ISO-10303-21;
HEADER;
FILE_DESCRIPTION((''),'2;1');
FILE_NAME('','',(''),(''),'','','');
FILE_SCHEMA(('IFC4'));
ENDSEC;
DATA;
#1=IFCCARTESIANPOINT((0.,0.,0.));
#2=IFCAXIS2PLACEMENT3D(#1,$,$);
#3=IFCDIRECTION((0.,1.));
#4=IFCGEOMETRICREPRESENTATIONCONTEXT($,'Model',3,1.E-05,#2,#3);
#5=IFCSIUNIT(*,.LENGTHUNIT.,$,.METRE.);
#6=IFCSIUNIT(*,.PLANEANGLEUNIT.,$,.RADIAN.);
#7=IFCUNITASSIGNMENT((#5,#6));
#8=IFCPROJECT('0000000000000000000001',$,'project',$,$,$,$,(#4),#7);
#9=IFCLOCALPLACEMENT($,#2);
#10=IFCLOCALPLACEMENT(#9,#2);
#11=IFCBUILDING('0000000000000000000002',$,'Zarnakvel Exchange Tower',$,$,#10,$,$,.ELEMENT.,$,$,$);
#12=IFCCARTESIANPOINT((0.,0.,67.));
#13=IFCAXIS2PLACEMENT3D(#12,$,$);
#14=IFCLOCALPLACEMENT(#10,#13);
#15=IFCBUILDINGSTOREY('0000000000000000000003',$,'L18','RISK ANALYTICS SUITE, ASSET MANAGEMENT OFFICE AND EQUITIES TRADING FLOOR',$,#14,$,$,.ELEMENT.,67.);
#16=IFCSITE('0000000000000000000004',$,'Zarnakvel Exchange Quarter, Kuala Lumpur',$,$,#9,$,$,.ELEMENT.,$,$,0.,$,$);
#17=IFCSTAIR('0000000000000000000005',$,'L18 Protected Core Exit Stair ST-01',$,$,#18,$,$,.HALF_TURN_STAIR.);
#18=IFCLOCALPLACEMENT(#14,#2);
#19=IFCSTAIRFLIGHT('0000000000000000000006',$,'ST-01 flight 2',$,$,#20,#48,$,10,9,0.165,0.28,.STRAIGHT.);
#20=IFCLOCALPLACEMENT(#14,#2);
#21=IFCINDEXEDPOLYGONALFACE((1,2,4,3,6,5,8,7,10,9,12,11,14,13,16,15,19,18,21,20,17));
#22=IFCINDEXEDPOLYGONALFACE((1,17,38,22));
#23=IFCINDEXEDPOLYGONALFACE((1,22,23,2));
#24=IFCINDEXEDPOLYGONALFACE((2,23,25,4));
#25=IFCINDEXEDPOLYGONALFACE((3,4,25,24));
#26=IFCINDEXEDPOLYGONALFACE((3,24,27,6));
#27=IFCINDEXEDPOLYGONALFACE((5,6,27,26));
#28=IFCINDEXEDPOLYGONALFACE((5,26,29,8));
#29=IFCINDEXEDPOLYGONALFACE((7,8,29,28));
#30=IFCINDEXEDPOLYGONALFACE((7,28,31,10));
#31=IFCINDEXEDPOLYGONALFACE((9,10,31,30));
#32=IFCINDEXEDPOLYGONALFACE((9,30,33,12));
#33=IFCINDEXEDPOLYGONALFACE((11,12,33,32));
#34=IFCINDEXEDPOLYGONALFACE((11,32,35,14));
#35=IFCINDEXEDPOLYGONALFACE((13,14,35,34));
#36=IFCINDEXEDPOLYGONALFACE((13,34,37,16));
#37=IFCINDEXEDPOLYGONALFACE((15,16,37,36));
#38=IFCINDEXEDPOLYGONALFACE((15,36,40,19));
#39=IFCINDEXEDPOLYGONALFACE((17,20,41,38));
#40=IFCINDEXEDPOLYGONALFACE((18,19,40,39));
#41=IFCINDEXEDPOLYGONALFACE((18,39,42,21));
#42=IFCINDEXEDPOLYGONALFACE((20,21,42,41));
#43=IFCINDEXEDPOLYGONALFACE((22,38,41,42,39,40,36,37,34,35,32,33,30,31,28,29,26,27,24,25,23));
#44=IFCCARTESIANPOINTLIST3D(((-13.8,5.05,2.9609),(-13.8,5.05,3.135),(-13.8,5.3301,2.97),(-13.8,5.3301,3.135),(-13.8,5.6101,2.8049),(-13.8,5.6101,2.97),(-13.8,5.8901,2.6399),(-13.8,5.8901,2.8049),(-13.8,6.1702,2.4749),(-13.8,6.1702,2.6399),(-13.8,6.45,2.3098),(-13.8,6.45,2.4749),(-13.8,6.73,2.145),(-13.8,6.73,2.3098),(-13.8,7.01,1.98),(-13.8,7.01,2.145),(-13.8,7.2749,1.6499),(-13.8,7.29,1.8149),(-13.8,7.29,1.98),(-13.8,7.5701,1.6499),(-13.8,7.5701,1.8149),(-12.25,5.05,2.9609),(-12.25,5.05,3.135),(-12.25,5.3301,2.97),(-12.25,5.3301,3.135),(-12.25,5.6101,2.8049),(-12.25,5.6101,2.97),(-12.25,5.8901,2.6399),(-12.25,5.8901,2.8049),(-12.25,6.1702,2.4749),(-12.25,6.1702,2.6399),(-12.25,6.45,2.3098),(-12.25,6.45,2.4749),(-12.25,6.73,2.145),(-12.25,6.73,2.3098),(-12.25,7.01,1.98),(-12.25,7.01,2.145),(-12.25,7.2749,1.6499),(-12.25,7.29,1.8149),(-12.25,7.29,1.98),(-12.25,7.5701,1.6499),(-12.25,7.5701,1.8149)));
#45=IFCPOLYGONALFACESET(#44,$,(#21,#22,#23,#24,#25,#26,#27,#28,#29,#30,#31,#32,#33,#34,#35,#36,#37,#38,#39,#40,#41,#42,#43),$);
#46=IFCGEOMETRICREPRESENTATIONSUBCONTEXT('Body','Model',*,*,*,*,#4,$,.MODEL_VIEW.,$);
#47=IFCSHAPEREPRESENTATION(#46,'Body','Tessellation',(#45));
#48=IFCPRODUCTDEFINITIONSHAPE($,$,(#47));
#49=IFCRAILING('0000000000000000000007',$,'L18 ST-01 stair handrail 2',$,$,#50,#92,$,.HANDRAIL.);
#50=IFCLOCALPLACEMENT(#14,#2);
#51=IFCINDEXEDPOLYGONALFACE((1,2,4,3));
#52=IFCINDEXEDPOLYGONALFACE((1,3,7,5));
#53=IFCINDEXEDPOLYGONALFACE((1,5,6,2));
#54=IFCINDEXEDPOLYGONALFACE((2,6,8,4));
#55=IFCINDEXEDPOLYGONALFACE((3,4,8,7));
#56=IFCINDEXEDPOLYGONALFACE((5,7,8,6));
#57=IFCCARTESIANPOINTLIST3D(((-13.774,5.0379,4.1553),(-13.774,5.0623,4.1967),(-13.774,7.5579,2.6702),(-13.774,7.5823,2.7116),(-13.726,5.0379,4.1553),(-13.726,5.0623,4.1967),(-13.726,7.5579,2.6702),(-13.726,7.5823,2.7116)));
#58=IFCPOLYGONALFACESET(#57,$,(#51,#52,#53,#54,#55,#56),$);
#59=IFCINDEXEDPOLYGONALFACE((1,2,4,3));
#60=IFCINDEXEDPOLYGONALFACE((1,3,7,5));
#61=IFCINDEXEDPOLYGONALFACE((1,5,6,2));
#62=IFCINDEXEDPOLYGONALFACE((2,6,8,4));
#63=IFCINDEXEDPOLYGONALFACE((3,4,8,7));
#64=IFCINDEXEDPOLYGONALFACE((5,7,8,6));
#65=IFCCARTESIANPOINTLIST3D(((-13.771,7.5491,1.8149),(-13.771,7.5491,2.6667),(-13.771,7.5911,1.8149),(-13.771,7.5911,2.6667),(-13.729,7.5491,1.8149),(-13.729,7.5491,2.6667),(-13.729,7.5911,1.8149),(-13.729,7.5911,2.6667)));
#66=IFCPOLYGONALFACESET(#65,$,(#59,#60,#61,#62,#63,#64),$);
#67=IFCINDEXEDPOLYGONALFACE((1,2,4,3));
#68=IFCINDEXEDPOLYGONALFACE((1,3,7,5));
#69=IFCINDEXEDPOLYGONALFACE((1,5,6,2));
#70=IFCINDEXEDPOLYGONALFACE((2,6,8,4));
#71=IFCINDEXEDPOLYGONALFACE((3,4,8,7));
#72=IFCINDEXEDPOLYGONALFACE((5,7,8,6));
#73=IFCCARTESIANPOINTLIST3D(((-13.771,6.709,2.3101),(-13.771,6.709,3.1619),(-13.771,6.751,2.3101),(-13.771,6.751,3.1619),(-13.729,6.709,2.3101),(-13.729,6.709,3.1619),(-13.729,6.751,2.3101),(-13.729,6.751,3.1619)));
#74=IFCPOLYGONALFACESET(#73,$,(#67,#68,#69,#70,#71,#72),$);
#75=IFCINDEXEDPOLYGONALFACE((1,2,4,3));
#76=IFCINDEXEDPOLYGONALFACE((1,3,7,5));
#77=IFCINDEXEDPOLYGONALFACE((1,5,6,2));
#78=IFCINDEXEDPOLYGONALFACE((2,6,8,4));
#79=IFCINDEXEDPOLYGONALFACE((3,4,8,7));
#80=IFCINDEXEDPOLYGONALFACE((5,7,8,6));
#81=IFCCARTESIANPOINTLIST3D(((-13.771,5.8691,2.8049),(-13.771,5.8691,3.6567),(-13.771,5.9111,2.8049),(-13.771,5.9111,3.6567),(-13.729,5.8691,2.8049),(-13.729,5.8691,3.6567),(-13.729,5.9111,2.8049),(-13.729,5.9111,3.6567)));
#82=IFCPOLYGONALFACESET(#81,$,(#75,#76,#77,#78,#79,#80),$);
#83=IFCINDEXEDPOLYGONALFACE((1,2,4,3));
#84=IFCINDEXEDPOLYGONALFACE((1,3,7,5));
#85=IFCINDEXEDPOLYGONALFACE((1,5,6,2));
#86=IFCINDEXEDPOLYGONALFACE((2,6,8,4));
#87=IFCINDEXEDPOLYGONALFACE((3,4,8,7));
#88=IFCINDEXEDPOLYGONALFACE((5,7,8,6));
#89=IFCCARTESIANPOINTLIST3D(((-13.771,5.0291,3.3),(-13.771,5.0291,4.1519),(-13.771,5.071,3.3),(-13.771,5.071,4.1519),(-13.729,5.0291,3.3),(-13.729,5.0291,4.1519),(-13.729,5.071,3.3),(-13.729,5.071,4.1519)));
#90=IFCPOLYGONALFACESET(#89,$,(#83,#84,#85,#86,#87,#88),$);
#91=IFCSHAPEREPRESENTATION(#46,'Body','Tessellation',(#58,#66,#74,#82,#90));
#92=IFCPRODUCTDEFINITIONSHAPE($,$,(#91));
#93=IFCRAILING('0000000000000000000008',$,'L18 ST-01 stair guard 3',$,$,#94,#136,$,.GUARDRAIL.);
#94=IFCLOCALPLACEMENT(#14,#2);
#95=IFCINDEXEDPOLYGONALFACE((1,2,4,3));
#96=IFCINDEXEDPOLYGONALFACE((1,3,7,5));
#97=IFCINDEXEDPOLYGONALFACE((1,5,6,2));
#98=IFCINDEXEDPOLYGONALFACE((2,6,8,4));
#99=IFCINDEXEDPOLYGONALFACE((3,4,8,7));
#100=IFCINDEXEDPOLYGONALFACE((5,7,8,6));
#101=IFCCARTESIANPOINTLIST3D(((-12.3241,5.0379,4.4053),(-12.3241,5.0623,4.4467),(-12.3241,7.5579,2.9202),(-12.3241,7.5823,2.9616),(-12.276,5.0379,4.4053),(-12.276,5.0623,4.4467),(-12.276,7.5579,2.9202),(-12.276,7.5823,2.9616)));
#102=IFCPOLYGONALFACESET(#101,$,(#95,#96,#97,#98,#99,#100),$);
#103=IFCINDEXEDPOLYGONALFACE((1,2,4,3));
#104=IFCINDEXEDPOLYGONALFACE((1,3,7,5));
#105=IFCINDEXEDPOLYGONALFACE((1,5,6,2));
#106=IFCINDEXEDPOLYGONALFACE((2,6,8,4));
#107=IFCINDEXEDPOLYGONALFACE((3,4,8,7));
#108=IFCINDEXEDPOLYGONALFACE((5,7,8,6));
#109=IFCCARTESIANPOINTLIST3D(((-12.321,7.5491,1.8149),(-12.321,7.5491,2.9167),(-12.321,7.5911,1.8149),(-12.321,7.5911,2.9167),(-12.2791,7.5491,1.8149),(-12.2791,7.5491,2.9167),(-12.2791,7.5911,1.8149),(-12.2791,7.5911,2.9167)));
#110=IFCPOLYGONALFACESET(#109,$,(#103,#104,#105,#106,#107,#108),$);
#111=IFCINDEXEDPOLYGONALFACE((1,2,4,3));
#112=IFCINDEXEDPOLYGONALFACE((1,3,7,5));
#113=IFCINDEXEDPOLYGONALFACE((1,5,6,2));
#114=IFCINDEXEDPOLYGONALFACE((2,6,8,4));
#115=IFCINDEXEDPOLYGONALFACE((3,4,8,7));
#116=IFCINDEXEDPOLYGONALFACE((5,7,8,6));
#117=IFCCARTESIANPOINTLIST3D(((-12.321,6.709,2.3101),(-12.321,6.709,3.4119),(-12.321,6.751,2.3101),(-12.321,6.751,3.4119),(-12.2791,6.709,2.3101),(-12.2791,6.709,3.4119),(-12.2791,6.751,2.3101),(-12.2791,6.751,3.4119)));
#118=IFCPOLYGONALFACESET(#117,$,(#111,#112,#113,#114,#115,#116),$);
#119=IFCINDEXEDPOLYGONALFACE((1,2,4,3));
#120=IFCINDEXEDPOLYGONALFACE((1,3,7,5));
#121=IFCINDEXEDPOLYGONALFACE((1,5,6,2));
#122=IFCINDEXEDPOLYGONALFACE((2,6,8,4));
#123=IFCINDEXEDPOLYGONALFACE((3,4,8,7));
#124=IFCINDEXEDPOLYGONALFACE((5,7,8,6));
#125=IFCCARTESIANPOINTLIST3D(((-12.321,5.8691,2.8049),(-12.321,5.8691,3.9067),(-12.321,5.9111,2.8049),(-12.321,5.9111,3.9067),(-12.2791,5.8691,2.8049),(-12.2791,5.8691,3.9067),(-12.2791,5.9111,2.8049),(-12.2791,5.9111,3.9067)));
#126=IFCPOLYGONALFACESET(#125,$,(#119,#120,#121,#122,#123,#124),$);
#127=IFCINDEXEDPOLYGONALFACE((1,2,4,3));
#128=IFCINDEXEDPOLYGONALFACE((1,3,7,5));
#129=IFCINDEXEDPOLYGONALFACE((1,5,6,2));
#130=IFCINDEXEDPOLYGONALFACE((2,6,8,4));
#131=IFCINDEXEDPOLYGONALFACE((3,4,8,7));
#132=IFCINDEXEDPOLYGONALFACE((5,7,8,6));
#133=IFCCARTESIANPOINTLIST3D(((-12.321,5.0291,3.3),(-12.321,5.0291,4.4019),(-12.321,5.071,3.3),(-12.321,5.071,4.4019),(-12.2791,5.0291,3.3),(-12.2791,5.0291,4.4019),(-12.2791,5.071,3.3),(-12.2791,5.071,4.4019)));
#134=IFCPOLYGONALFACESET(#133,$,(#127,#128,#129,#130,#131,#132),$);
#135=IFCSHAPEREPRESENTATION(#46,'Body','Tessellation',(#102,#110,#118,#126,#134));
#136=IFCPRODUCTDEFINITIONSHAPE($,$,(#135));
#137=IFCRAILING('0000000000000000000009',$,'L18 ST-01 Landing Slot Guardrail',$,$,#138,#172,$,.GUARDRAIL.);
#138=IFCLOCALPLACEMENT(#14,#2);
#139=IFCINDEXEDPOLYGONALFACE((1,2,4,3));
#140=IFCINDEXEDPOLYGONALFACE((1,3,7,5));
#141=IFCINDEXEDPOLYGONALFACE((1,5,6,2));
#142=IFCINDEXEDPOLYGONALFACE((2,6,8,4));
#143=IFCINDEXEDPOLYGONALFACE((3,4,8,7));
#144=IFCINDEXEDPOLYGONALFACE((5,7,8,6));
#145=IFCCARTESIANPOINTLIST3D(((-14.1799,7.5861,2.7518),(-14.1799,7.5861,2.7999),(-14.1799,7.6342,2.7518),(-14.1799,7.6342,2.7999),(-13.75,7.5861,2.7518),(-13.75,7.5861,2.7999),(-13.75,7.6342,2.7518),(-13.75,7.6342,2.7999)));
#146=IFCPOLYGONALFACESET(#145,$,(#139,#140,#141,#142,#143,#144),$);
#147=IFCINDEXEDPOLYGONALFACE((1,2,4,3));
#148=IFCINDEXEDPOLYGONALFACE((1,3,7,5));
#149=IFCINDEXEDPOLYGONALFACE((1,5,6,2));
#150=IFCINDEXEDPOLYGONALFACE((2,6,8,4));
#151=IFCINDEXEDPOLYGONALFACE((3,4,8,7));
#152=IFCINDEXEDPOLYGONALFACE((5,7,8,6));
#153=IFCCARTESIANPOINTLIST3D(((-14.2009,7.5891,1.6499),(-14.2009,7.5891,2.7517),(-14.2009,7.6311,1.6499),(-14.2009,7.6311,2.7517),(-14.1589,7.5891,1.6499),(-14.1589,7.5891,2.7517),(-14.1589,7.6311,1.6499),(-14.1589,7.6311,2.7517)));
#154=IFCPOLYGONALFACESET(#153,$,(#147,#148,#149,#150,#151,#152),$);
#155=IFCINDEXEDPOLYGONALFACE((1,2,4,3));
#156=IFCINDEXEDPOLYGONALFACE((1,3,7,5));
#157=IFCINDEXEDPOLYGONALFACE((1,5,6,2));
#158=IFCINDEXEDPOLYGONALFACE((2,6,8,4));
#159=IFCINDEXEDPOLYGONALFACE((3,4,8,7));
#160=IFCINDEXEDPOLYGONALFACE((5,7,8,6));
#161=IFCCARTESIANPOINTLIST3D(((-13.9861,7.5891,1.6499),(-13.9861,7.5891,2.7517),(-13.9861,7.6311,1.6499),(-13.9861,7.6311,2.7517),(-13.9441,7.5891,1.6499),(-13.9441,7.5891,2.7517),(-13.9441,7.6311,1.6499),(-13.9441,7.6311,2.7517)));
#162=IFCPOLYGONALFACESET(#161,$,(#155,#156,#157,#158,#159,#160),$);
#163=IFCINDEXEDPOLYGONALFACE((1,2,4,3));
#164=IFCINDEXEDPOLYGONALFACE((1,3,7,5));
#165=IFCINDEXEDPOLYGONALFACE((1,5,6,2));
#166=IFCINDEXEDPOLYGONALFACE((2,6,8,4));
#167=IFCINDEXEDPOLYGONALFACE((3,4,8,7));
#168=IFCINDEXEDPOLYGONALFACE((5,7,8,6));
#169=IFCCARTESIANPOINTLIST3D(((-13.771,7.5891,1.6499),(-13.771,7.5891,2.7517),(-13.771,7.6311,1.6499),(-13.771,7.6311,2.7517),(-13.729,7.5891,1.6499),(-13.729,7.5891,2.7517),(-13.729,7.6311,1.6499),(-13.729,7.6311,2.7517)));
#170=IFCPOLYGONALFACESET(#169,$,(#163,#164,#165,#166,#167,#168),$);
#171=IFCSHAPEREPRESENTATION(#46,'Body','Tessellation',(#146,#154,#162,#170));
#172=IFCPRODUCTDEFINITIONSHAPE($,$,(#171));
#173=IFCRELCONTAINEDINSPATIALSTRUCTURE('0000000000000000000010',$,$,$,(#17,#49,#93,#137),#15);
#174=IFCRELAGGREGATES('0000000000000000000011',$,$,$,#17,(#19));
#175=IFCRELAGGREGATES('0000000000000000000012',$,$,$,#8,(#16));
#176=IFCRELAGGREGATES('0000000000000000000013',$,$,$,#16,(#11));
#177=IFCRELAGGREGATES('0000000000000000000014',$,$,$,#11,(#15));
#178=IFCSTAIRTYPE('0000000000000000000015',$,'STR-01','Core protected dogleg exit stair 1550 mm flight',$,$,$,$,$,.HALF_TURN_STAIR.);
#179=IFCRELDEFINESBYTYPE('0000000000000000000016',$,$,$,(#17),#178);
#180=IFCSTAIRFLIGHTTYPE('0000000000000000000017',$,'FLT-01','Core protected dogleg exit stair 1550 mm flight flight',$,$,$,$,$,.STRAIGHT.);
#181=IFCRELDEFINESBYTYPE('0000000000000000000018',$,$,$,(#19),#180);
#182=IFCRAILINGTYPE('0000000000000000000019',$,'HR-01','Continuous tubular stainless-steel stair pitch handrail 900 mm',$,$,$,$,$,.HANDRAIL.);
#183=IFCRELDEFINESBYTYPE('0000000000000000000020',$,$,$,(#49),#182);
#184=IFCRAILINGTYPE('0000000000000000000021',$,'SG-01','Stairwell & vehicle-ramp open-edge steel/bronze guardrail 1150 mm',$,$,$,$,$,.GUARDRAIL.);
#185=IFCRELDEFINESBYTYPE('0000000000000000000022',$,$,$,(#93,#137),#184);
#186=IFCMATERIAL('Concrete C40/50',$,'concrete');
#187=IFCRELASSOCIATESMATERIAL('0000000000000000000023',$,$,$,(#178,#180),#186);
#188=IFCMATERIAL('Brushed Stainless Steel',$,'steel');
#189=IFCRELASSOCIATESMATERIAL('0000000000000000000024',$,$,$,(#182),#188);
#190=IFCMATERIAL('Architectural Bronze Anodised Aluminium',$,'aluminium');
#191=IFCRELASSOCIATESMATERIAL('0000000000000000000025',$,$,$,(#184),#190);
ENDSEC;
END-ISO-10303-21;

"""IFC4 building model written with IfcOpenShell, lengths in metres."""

from ifc_helpers import new_model, si_unit, direction, frame, origin, origin_2d, place, context, subcontext, project, spatial, polyline, rectangle, outline, extrude, material, type_object, element, aggregate, save


model = new_model("IFC4")

# Units and contexts
model_context = context("Model", 3, precision=1e-05, world=origin(), true_north=direction((0.0, 1.0)))
body_context = subcontext(model_context, "Body", "Model", "MODEL_VIEW")
ifc_project = project(units=[si_unit("LENGTHUNIT", "METRE"), si_unit("PLANEANGLEUNIT", "RADIAN")], contexts=[model_context])

# Site, building, storey
site_placement = place(None, origin())
site = spatial("IfcSite", under=ifc_project, at=site_placement, Name="Zarnakvel Exchange Quarter, Kuala Lumpur", CompositionType="ELEMENT", RefElevation=0.0)
building_placement = place(site_placement, origin())
building = spatial("IfcBuilding", under=site, at=building_placement, Name="Zarnakvel Exchange Tower", CompositionType="ELEMENT")
storey_placement = place(building_placement, frame((0.0, 0.0, 67.0)))
storey = spatial("IfcBuildingStorey", under=building, at=storey_placement, Name="L18", Description="RISK ANALYTICS SUITE, ASSET MANAGEMENT OFFICE AND EQUITIES TRADING FLOOR", CompositionType="ELEMENT", Elevation=67.0)

# Shared definitions
ifc_material_1 = material(Name="Architectural Bronze Anodised Aluminium", Category="aluminium")

# Shared definitions
ifc_material_2 = material(Name="Concrete C40/50", Category="concrete")

# Stair, stair flight
stair_type = type_object("IfcStairType", Name="STR-01", Description="Core protected dogleg exit stair 1550 mm flight", PredefinedType="HALF_TURN_STAIR", material=ifc_material_2)
stair_placement = place(storey_placement, origin())
stair = element("IfcStair", 1, at=stair_placement, inside=storey, type_object=stair_type, Name="L18 Protected Core Exit Stair ST-01", PredefinedType="HALF_TURN_STAIR")
stair_flight_type = type_object("IfcStairFlightType", Name="FLT-01", Description="Core protected dogleg exit stair 1550 mm flight flight", PredefinedType="STRAIGHT", material=ifc_material_2)
stair_flight_placement = place(storey_placement, frame((-13.0249, 7.5701, 1.6499), z_axis=(0.0, 0.0, 1.0), x_axis=(0.0, -1.0, 0.0)))
stair_flight = element("IfcStairFlight", 2, at=stair_flight_placement, type_object=stair_flight_type, Name="ST-01 flight 2", NumberOfRisers=10, NumberOfTreads=9, PredefinedType="STRAIGHT", RiserHeight=0.165, TreadLength=0.28, context=body_context, shape_type="SweptSolid", body=[
    extrude(outline(polyline([(0.0, 0.0), (0.0, 0.165), (0.28, 0.165), (0.28, 0.3301), (0.5601, 0.3301), (0.5601, 0.4951), (0.8401, 0.4951), (0.8401, 0.6599), (1.1201, 0.6599), (1.1201, 0.825), (1.3999, 0.825), (1.3999, 0.99), (1.6799, 0.99), (1.6799, 1.155), (1.96, 1.155), (1.96, 1.3201), (2.24, 1.3201), (2.24, 1.4851), (2.52, 1.4851), (2.52, 1.6499), (2.52, 1.311), (0.2952, 0.0), (0.0, 0.0)])), frame((0.0, 0.7749, 0.0), z_axis=(0.0, -1.0, 0.0), x_axis=(1.0, 0.0, 0.0)), (0.0, 0.0, 1.0), 1.55),
])
aggregate(stair, [stair_flight])

# Railings
ifc_material_3 = material(Name="Brushed Stainless Steel", Category="steel")
railing_type_1 = type_object("IfcRailingType", Name="HR-01", Description="Continuous tubular stainless-steel stair pitch handrail 900 mm", PredefinedType="HANDRAIL", material=ifc_material_3)
railing_1_placement = place(storey_placement, frame((-13.75, 7.5701, 1.8149)))
element("IfcRailing", 3, at=railing_1_placement, inside=storey, type_object=railing_type_1, Name="L18 ST-01 stair handrail 2", PredefinedType="HANDRAIL", context=body_context, shape_type="SweptSolid", body=[
    extrude(rectangle(XDim=0.0481, YDim=0.0481, at=origin_2d()), frame((0.0, 0.0, 0.876), z_axis=(0.0, -0.861524, 0.507717), x_axis=(1.0, 0.0, 0.0)), (0.0, 0.0, 1.0), 2.925),
    extrude(rectangle(XDim=0.042, YDim=0.042, at=origin_2d()), origin(), (0.0, 0.0, 1.0), 0.8518),
    extrude(rectangle(XDim=0.042, YDim=0.042, at=origin_2d()), frame((0.0, -0.8401, 0.4951)), (0.0, 0.0, 1.0), 0.8518),
    extrude(rectangle(XDim=0.042, YDim=0.042, at=origin_2d()), frame((0.0, -1.6799, 0.99)), (0.0, 0.0, 1.0), 0.8518),
    extrude(rectangle(XDim=0.042, YDim=0.042, at=origin_2d()), frame((0.0, -2.52, 1.4851)), (0.0, 0.0, 1.0), 0.8518),
])
railing_type_2 = type_object("IfcRailingType", Name="SG-01", Description="Stairwell & vehicle-ramp open-edge steel/bronze guardrail 1150 mm", PredefinedType="GUARDRAIL", material=ifc_material_1)
railing_2_placement = place(storey_placement, frame((-12.3, 7.5701, 1.8149)))
element("IfcRailing", 4, at=railing_2_placement, inside=storey, type_object=railing_type_2, Name="L18 ST-01 stair guard 3", PredefinedType="GUARDRAIL", context=body_context, shape_type="SweptSolid", body=[
    extrude(rectangle(XDim=0.0481, YDim=0.0481, at=origin_2d()), frame((0.0, 0.0, 1.126), z_axis=(0.0, -0.861524, 0.507717), x_axis=(1.0, 0.0, 0.0)), (0.0, 0.0, 1.0), 2.925),
    extrude(rectangle(XDim=0.042, YDim=0.042, at=origin_2d()), origin(), (0.0, 0.0, 1.0), 1.1018),
    extrude(rectangle(XDim=0.042, YDim=0.042, at=origin_2d()), frame((0.0, -0.8401, 0.4951)), (0.0, 0.0, 1.0), 1.1018),
    extrude(rectangle(XDim=0.042, YDim=0.042, at=origin_2d()), frame((0.0, -1.6799, 0.99)), (0.0, 0.0, 1.0), 1.1018),
    extrude(rectangle(XDim=0.042, YDim=0.042, at=origin_2d()), frame((0.0, -2.52, 1.4851)), (0.0, 0.0, 1.0), 1.1018),
])
railing_3_placement = place(storey_placement, frame((-14.1799, 7.6101, 1.6499)))
element("IfcRailing", 5, at=railing_3_placement, inside=storey, type_object=railing_type_2, Name="L18 ST-01 Landing Slot Guardrail", PredefinedType="GUARDRAIL", context=body_context, shape_type="SweptSolid", body=[
    extrude(rectangle(XDim=0.0481, YDim=0.0481, at=origin_2d()), frame((0.0, 0.0, 1.126), z_axis=(1.0, 0.0, 0.0), x_axis=(0.0, 1.0, 0.0)), (0.0, 0.0, 1.0), 0.4299),
    extrude(rectangle(XDim=0.042, YDim=0.042, at=origin_2d()), origin(), (0.0, 0.0, 1.0), 1.1018),
    extrude(rectangle(XDim=0.042, YDim=0.042, at=origin_2d()), frame((0.2148, 0.0, 0.0)), (0.0, 0.0, 1.0), 1.1018),
    extrude(rectangle(XDim=0.042, YDim=0.042, at=origin_2d()), frame((0.4299, 0.0, 0.0)), (0.0, 0.0, 1.0), 1.1018),
])

save(model, "model.ifc")
